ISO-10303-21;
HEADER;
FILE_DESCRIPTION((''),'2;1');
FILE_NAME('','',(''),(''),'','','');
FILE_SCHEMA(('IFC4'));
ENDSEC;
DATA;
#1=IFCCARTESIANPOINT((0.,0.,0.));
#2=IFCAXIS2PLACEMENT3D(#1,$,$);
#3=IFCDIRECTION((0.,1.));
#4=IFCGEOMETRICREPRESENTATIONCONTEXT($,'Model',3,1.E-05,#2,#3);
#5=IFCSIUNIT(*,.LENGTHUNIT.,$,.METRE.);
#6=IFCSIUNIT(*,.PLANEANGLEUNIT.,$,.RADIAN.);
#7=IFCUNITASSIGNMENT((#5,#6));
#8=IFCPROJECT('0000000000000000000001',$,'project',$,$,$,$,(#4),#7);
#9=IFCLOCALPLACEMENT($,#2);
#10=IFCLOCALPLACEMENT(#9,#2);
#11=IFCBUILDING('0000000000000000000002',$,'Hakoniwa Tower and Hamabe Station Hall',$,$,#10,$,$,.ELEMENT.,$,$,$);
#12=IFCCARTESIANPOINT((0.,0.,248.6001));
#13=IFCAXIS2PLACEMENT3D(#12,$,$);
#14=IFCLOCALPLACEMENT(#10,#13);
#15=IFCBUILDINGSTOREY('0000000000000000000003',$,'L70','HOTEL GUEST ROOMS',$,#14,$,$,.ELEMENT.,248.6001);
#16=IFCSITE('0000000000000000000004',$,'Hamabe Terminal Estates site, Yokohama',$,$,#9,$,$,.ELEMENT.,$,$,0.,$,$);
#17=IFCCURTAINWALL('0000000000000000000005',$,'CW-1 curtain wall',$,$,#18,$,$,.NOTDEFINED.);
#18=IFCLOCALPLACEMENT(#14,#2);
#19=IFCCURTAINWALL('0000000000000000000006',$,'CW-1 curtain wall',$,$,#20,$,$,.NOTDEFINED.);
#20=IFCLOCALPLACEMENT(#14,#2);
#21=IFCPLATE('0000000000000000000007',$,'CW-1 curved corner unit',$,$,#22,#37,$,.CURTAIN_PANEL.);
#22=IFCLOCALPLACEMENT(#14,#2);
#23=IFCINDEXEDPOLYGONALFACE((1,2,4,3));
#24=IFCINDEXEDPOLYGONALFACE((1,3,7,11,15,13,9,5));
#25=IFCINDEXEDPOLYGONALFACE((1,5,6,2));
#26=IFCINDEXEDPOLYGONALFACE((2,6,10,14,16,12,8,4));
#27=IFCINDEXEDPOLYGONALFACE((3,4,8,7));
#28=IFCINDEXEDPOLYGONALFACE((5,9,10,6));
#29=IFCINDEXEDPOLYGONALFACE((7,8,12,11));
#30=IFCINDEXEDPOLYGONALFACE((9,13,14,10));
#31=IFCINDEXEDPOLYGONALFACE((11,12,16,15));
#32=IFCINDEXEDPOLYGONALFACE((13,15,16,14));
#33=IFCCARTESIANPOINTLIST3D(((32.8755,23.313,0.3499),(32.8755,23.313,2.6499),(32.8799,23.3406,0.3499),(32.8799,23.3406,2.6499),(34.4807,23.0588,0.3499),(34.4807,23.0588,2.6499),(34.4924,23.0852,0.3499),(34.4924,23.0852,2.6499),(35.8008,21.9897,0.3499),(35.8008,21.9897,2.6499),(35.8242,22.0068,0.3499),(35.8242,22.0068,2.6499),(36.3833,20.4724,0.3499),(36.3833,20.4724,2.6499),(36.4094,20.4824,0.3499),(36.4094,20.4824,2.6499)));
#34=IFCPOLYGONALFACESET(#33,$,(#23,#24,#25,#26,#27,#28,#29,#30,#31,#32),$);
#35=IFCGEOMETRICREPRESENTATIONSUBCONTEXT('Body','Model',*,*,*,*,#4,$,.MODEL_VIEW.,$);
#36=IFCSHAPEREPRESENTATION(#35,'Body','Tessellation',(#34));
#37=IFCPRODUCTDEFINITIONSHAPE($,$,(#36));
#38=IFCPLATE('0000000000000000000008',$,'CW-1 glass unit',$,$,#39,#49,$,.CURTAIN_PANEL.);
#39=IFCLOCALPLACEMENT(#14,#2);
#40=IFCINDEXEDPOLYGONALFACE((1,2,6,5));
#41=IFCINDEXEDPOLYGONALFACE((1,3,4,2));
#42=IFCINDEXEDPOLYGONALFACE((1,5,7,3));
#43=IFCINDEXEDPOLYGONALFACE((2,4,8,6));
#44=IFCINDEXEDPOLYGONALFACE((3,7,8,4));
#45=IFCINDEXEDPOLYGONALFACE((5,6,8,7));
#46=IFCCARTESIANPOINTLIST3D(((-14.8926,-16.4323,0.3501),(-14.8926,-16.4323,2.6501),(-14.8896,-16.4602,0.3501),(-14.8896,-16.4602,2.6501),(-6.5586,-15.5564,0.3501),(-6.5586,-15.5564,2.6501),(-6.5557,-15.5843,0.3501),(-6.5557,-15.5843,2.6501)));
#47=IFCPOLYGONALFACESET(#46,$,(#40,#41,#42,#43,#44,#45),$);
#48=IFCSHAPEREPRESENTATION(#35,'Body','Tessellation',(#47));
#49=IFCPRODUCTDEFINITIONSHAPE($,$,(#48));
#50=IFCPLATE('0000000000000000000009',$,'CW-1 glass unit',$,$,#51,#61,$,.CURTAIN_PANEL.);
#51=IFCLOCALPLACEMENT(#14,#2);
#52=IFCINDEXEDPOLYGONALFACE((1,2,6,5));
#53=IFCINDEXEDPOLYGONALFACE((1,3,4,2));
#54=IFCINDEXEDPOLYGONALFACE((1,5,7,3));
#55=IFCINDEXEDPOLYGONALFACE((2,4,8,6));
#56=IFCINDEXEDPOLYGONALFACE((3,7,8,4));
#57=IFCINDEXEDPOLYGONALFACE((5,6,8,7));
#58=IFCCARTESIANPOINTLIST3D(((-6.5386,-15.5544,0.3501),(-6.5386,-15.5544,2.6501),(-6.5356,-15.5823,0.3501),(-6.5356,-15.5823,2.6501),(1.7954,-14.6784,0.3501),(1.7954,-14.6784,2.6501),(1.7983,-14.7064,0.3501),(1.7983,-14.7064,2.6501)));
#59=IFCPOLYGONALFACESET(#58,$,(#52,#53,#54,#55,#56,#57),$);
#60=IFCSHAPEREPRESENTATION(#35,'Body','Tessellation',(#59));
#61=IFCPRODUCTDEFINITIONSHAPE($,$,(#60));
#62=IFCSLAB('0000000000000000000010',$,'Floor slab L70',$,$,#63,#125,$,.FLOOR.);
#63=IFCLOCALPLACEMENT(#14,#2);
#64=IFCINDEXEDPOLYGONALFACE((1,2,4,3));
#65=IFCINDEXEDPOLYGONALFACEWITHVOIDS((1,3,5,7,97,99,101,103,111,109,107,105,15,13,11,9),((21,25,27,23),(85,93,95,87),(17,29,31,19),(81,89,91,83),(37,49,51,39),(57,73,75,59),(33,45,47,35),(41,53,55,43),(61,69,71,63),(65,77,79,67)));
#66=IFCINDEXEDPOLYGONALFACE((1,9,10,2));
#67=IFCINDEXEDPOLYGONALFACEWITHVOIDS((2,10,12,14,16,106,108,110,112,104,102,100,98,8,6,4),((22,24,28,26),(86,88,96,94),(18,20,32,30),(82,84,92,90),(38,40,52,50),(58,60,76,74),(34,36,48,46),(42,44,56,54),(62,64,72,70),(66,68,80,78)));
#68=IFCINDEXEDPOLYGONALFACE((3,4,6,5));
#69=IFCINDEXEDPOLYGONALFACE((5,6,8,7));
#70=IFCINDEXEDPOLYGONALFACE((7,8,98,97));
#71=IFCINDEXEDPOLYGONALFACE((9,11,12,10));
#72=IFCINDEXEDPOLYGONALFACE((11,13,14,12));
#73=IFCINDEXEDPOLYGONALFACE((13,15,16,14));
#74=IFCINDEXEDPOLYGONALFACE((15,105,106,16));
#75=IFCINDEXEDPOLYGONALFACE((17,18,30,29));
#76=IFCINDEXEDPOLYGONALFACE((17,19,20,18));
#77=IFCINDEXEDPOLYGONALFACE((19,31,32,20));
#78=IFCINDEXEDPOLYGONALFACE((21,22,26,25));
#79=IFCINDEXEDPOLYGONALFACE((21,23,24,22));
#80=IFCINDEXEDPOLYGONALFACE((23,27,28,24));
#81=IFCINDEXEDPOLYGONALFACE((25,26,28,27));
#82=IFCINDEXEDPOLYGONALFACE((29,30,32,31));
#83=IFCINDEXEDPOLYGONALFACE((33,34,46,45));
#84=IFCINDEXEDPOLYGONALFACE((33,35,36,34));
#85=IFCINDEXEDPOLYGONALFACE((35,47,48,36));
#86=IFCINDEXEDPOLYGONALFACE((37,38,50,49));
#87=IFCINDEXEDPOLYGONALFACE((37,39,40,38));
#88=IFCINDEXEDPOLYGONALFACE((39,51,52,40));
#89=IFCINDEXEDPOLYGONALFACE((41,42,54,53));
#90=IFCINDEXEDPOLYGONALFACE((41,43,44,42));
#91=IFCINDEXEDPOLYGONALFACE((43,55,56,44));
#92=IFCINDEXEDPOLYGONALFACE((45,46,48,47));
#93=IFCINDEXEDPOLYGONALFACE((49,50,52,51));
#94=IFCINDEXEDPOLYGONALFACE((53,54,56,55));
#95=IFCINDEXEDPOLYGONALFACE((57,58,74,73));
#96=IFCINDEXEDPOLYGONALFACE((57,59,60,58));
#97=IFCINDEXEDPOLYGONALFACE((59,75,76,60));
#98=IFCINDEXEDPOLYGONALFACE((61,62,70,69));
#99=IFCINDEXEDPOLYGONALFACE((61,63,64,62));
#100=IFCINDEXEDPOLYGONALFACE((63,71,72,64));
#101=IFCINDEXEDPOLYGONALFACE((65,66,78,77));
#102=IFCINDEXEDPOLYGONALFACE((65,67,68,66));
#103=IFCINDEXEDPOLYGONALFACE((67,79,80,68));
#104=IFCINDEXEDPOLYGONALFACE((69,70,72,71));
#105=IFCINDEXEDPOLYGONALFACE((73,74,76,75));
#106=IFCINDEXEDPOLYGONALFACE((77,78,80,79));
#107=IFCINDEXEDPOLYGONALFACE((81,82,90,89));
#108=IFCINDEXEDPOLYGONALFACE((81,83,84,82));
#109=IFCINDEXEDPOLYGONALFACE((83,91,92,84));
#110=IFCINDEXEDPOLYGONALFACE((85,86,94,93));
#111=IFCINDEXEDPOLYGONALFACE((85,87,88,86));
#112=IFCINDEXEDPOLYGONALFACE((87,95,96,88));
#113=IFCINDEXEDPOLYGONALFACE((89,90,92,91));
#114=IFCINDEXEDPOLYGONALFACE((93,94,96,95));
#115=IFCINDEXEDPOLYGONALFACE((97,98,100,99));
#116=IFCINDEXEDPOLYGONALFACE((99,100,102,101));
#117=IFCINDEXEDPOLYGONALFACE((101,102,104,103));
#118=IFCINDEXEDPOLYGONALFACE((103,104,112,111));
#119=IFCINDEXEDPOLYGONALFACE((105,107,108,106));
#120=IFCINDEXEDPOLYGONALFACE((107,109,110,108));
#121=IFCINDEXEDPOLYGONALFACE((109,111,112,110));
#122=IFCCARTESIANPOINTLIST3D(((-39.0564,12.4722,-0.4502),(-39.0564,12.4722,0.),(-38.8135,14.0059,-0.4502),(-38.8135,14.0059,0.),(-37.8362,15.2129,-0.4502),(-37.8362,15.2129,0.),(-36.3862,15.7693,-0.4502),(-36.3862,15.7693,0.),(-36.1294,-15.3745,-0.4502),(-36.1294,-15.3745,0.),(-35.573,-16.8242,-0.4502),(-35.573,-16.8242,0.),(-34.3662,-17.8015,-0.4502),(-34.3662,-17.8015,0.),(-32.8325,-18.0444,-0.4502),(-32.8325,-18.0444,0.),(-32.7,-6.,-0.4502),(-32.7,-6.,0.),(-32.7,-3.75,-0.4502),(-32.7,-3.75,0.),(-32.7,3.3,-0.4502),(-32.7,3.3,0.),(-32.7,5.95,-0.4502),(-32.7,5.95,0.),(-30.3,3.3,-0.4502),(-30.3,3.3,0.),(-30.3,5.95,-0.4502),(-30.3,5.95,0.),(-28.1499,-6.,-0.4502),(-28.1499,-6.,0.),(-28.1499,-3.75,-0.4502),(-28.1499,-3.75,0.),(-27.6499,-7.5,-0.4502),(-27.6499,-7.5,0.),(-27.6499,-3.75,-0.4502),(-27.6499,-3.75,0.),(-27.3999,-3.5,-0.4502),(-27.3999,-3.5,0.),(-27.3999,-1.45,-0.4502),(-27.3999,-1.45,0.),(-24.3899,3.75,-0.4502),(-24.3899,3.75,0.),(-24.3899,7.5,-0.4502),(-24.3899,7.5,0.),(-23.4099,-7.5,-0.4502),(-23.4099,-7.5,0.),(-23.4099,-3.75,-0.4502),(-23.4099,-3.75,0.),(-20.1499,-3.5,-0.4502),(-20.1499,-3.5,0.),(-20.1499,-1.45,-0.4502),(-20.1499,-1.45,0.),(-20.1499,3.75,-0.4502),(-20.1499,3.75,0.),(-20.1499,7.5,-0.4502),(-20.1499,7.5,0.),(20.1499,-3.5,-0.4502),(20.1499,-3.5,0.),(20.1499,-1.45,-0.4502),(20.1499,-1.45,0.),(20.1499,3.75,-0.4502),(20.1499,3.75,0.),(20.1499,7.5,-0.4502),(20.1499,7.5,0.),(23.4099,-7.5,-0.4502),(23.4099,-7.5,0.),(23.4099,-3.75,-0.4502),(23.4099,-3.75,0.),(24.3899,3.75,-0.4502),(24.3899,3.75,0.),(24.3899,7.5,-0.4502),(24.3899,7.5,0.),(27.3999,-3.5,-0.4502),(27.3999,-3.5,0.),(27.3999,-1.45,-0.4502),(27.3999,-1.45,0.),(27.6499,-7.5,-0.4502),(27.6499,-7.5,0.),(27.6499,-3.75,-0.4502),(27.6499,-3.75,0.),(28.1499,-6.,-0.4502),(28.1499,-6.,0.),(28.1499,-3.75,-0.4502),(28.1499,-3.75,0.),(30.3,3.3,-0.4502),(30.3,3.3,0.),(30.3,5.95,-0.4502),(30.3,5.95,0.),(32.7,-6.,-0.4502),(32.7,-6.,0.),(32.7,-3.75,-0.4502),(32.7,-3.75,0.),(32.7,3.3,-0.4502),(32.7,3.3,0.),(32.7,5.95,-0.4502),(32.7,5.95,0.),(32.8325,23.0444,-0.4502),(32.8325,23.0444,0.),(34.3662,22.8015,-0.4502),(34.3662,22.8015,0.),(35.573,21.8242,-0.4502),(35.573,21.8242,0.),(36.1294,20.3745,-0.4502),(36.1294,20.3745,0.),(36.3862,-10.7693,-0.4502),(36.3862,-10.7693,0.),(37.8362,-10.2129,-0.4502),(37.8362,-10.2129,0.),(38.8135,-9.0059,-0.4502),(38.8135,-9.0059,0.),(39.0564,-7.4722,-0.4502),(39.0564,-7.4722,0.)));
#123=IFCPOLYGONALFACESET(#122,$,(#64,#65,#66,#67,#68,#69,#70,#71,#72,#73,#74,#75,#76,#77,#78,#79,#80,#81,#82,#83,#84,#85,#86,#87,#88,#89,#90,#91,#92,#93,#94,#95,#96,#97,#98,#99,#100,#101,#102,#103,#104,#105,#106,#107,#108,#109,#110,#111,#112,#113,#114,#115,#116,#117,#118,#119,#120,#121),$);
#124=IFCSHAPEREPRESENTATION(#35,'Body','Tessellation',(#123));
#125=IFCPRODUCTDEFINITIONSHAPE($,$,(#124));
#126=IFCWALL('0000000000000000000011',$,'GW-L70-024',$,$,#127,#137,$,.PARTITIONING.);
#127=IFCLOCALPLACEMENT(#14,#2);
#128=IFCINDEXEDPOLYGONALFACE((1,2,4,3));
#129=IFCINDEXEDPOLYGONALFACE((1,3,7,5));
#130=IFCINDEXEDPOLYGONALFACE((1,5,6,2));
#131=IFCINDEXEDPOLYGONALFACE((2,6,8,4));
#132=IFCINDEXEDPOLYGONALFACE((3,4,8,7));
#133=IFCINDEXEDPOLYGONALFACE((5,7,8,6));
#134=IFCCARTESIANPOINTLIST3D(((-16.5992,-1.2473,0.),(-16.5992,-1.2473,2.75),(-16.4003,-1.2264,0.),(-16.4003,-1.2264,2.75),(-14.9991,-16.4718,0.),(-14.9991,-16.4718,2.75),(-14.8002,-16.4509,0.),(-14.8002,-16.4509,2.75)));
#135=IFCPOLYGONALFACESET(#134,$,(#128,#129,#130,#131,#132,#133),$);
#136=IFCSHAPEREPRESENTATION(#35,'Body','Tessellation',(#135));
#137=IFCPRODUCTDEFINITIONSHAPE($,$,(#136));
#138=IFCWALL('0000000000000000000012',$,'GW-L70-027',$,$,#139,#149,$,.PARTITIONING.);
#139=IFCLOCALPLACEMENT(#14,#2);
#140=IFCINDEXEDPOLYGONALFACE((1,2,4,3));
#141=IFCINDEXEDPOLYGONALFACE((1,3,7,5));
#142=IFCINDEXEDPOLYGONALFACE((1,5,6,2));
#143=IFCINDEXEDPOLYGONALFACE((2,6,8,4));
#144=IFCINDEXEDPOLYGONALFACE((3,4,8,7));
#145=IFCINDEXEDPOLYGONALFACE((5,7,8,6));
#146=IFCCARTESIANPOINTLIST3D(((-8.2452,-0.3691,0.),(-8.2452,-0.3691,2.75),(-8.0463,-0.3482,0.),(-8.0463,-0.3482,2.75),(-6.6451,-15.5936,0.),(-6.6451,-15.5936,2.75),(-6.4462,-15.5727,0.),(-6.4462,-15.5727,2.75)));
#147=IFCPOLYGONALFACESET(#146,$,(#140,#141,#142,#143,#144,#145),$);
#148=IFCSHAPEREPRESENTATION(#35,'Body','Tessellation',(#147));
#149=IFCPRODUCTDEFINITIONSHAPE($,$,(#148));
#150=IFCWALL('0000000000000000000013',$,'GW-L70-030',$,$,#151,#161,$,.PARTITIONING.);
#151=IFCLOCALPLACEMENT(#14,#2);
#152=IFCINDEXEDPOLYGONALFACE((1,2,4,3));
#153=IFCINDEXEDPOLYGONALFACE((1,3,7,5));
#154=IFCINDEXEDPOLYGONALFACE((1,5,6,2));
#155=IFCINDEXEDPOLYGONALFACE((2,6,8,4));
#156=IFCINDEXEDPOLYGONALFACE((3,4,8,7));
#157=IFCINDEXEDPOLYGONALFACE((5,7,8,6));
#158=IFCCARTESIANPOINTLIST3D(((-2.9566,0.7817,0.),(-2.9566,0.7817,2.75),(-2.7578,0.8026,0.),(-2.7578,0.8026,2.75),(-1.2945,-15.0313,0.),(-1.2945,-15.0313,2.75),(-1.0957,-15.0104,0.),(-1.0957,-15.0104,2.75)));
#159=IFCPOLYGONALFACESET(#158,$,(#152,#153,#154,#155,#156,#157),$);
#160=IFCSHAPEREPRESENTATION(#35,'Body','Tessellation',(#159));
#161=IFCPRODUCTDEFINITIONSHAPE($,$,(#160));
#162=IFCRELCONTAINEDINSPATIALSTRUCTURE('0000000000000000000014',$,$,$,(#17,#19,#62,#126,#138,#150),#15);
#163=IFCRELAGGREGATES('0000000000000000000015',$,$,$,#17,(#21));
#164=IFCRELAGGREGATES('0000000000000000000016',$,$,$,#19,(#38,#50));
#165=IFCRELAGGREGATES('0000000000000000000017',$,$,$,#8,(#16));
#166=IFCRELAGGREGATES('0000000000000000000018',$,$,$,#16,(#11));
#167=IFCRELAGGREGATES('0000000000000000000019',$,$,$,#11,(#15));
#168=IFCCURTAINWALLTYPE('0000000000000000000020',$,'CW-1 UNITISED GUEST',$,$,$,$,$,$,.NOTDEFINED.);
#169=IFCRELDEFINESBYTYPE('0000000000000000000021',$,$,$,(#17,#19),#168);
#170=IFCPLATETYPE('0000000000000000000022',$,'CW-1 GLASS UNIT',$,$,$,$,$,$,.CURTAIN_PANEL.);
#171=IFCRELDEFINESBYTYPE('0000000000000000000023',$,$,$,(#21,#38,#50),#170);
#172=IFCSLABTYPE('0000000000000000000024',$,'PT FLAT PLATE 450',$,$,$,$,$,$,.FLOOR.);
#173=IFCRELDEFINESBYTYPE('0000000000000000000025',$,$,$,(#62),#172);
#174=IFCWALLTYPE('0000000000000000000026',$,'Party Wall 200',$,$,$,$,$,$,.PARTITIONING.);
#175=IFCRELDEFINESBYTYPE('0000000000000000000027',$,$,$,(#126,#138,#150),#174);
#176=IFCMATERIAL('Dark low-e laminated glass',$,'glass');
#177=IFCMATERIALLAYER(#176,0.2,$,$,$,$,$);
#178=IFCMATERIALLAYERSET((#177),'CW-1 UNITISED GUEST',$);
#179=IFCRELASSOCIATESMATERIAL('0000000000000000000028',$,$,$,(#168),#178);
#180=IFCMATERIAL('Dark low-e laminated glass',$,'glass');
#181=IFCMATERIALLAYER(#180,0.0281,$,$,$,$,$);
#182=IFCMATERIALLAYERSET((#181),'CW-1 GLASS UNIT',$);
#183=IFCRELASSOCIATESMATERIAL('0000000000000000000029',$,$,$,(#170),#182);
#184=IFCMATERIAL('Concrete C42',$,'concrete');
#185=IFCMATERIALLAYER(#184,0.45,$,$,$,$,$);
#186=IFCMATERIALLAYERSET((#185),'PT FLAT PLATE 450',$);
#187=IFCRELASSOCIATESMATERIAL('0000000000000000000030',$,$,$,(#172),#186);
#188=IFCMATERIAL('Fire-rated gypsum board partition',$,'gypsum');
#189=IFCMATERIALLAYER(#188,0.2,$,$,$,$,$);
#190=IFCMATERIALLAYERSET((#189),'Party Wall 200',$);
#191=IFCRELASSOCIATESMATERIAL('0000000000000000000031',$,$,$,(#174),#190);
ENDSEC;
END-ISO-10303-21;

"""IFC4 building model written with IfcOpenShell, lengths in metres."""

from ifc_helpers import new_model, si_unit, direction, frame, frame_2d, origin, origin_2d, place, context, subcontext, project, spatial, polyline, rectangle, outline, extrude, material, layer, layer_set, type_object, element, aggregate, save


model = new_model("IFC4")

# Units and contexts
model_context = context("Model", 3, precision=1e-05, world=origin(), true_north=direction((0.0, 1.0)))
body_context = subcontext(model_context, "Body", "Model", "MODEL_VIEW")
ifc_project = project(units=[si_unit("LENGTHUNIT", "METRE"), si_unit("PLANEANGLEUNIT", "RADIAN")], contexts=[model_context])

# Site, building, storey
site_placement = place(None, origin())
site = spatial("IfcSite", under=ifc_project, at=site_placement, Name="Hamabe Terminal Estates site, Yokohama", CompositionType="ELEMENT", RefElevation=0.0)
building_placement = place(site_placement, origin())
building = spatial("IfcBuilding", under=site, at=building_placement, Name="Hakoniwa Tower and Hamabe Station Hall", CompositionType="ELEMENT")
storey_placement = place(building_placement, frame((0.0, 0.0, 248.6001)))
storey = spatial("IfcBuildingStorey", under=building, at=storey_placement, Name="L70", Description="HOTEL GUEST ROOMS", CompositionType="ELEMENT", Elevation=248.6001)

# Curtain walls
ifc_material_1 = material(Name="Dark low-e laminated glass", Category="glass")
ifc_layer_1 = layer(ifc_material_1, 0.2)
ifc_layer_set_1 = layer_set([ifc_layer_1], Name="CW-1 UNITISED GUEST")
curtain_wall_type = type_object("IfcCurtainWallType", Name="CW-1 UNITISED GUEST", PredefinedType="NOTDEFINED", material=ifc_layer_set_1)
curtain_wall_1_placement = place(storey_placement, origin())
curtain_wall_1 = element("IfcCurtainWall", 1, at=curtain_wall_1_placement, inside=storey, type_object=curtain_wall_type, Name="CW-1 curtain wall", PredefinedType="NOTDEFINED")
curtain_wall_2_placement = place(storey_placement, origin())
curtain_wall_2 = element("IfcCurtainWall", 2, at=curtain_wall_2_placement, inside=storey, type_object=curtain_wall_type, Name="CW-1 curtain wall", PredefinedType="NOTDEFINED")

# Plates
ifc_material_2 = material(Name="Dark low-e laminated glass", Category="glass")
ifc_layer_2 = layer(ifc_material_2, 0.0281)
ifc_layer_set_2 = layer_set([ifc_layer_2], Name="CW-1 GLASS UNIT")
plate_type = type_object("IfcPlateType", Name="CW-1 GLASS UNIT", PredefinedType="CURTAIN_PANEL", material=ifc_layer_set_2)
plate_1_placement = place(storey_placement, frame((0.0, 0.0, 0.3499)))
plate_1 = element("IfcPlate", 3, at=plate_1_placement, type_object=plate_type, Name="CW-1 curved corner unit", PredefinedType="CURTAIN_PANEL", context=body_context, shape_type="SweptSolid", body=[
    extrude(outline(polyline([(36.4094, 20.4824), (35.8242, 22.0068), (34.4924, 23.0852), (32.8799, 23.3406), (32.8755, 23.313), (34.4807, 23.0588), (35.8008, 21.9897), (36.3833, 20.4724), (36.4094, 20.4824)])), origin(), (0.0, 0.0, 1.0), 2.3),
])
aggregate(curtain_wall_1, [plate_1])
plate_2_placement = place(storey_placement, frame((-10.7241, -16.0083, 0.3501), z_axis=(0.0, 0.0, 1.0), x_axis=(0.994522, 0.104528, 0.0)))
plate_2 = element("IfcPlate", 4, at=plate_2_placement, type_object=plate_type, Name="CW-1 glass unit", PredefinedType="CURTAIN_PANEL", context=body_context, shape_type="SweptSolid", body=[
    extrude(rectangle(XDim=8.3799, YDim=0.0281, at=origin_2d()), origin(), (0.0, 0.0, 1.0), 2.3),
])
plate_3_placement = place(storey_placement, frame((-2.3701, -15.1304, 0.3501), z_axis=(0.0, 0.0, 1.0), x_axis=(0.994522, 0.104528, 0.0)))
plate_3 = element("IfcPlate", 5, at=plate_3_placement, type_object=plate_type, Name="CW-1 glass unit", PredefinedType="CURTAIN_PANEL", context=body_context, shape_type="SweptSolid", body=[
    extrude(rectangle(XDim=8.3799, YDim=0.0281, at=origin_2d()), origin(), (0.0, 0.0, 1.0), 2.3),
])
aggregate(curtain_wall_2, [plate_2, plate_3])

# Slab
ifc_material_3 = material(Name="Concrete C42", Category="concrete")
ifc_layer_3 = layer(ifc_material_3, 0.45)
ifc_layer_set_3 = layer_set([ifc_layer_3], Name="PT FLAT PLATE 450")
slab_type = type_object("IfcSlabType", Name="PT FLAT PLATE 450", PredefinedType="FLOOR", material=ifc_layer_set_3)
slab_placement = place(storey_placement, frame((0.0, 0.0, -0.4502)))
element("IfcSlab", 6, at=slab_placement, inside=storey, type_object=slab_type, Name="Floor slab L70", PredefinedType="FLOOR", context=body_context, shape_type="SweptSolid", body=[
    extrude(outline(polyline([(39.0564, -7.4722), (36.1294, 20.3745), (35.573, 21.8242), (34.3662, 22.8015), (32.8325, 23.0444), (-36.3862, 15.7693), (-37.8362, 15.2129), (-38.8135, 14.0059), (-39.0564, 12.4722), (-36.1294, -15.3745), (-35.573, -16.8242), (-34.3662, -17.8015), (-32.8325, -18.0444), (36.3862, -10.7693), (37.8362, -10.2129), (38.8135, -9.0059), (39.0564, -7.4722)]), holes=[polyline([(-27.3999, -3.5), (-27.3999, -1.45), (-20.1499, -1.45), (-20.1499, -3.5), (-27.3999, -3.5)]), polyline([(-32.7, 3.3), (-32.7, 5.95), (-30.3, 5.95), (-30.3, 3.3), (-32.7, 3.3)]), polyline([(-32.7, -6.0), (-32.7, -3.75), (-28.1499, -3.75), (-28.1499, -6.0), (-32.7, -6.0)]), polyline([(-24.3899, 3.75), (-24.3899, 7.5), (-20.1499, 7.5), (-20.1499, 3.75), (-24.3899, 3.75)]), polyline([(-27.6499, -7.5), (-27.6499, -3.75), (-23.4099, -3.75), (-23.4099, -7.5), (-27.6499, -7.5)]), polyline([(20.1499, -3.5), (20.1499, -1.45), (27.3999, -1.45), (27.3999, -3.5), (20.1499, -3.5)]), polyline([(30.3, 3.3), (30.3, 5.95), (32.7, 5.95), (32.7, 3.3), (30.3, 3.3)]), polyline([(28.1499, -6.0), (28.1499, -3.75), (32.7, -3.75), (32.7, -6.0), (28.1499, -6.0)]), polyline([(20.1499, 3.75), (20.1499, 7.5), (24.3899, 7.5), (24.3899, 3.75), (20.1499, 3.75)]), polyline([(23.4099, -7.5), (23.4099, -3.75), (27.6499, -3.75), (27.6499, -7.5), (23.4099, -7.5)])]), origin(), (0.0, 0.0, 1.0), 0.4502),
])

# Walls
ifc_material_4 = material(Name="Fire-rated gypsum board partition", Category="gypsum")
ifc_layer_4 = layer(ifc_material_4, 0.2)
ifc_layer_set_4 = layer_set([ifc_layer_4], Name="Party Wall 200")
wall_type_1 = type_object("IfcWallType", Name="Party Wall 200", PredefinedType="PARTITIONING", material=ifc_layer_set_4)
for number, where, z_axis, x_axis, name in (
    (7, (-14.8997, -16.4614, 0.0), (0.0, 0.0, 1.0), (-0.104524, 0.994522, 0.0), "GW-L70-024"),
    (8, (-6.5457, -15.5833, 0.0), (0.0, 0.0, 1.0), (-0.104524, 0.994522, 0.0), "GW-L70-027"),
):
    element("IfcWall", number, at=place(storey_placement, frame(where, z_axis=z_axis, x_axis=x_axis)), inside=storey, type_object=wall_type_1, Name=name, PredefinedType="PARTITIONING", context=body_context, shape_type="SweptSolid", body=[
        extrude(rectangle(XDim=15.3083, YDim=0.2, at=frame_2d((7.6543, 0.0))), origin(), (0.0, 0.0, 1.0), 2.75),
    ])
wall_1_placement = place(storey_placement, frame((-1.1951, -15.021, 0.0), z_axis=(0.0, 0.0, 1.0), x_axis=(-0.104535, 0.994521, 0.0)))
element("IfcWall", 9, at=wall_1_placement, inside=storey, type_object=wall_type_1, Name="GW-L70-030", PredefinedType="PARTITIONING", context=body_context, shape_type="SweptSolid", body=[
    extrude(rectangle(XDim=15.9001, YDim=0.2, at=frame_2d((7.9502, 0.0))), origin(), (0.0, 0.0, 1.0), 2.75),
])

save(model, "model.ifc")
